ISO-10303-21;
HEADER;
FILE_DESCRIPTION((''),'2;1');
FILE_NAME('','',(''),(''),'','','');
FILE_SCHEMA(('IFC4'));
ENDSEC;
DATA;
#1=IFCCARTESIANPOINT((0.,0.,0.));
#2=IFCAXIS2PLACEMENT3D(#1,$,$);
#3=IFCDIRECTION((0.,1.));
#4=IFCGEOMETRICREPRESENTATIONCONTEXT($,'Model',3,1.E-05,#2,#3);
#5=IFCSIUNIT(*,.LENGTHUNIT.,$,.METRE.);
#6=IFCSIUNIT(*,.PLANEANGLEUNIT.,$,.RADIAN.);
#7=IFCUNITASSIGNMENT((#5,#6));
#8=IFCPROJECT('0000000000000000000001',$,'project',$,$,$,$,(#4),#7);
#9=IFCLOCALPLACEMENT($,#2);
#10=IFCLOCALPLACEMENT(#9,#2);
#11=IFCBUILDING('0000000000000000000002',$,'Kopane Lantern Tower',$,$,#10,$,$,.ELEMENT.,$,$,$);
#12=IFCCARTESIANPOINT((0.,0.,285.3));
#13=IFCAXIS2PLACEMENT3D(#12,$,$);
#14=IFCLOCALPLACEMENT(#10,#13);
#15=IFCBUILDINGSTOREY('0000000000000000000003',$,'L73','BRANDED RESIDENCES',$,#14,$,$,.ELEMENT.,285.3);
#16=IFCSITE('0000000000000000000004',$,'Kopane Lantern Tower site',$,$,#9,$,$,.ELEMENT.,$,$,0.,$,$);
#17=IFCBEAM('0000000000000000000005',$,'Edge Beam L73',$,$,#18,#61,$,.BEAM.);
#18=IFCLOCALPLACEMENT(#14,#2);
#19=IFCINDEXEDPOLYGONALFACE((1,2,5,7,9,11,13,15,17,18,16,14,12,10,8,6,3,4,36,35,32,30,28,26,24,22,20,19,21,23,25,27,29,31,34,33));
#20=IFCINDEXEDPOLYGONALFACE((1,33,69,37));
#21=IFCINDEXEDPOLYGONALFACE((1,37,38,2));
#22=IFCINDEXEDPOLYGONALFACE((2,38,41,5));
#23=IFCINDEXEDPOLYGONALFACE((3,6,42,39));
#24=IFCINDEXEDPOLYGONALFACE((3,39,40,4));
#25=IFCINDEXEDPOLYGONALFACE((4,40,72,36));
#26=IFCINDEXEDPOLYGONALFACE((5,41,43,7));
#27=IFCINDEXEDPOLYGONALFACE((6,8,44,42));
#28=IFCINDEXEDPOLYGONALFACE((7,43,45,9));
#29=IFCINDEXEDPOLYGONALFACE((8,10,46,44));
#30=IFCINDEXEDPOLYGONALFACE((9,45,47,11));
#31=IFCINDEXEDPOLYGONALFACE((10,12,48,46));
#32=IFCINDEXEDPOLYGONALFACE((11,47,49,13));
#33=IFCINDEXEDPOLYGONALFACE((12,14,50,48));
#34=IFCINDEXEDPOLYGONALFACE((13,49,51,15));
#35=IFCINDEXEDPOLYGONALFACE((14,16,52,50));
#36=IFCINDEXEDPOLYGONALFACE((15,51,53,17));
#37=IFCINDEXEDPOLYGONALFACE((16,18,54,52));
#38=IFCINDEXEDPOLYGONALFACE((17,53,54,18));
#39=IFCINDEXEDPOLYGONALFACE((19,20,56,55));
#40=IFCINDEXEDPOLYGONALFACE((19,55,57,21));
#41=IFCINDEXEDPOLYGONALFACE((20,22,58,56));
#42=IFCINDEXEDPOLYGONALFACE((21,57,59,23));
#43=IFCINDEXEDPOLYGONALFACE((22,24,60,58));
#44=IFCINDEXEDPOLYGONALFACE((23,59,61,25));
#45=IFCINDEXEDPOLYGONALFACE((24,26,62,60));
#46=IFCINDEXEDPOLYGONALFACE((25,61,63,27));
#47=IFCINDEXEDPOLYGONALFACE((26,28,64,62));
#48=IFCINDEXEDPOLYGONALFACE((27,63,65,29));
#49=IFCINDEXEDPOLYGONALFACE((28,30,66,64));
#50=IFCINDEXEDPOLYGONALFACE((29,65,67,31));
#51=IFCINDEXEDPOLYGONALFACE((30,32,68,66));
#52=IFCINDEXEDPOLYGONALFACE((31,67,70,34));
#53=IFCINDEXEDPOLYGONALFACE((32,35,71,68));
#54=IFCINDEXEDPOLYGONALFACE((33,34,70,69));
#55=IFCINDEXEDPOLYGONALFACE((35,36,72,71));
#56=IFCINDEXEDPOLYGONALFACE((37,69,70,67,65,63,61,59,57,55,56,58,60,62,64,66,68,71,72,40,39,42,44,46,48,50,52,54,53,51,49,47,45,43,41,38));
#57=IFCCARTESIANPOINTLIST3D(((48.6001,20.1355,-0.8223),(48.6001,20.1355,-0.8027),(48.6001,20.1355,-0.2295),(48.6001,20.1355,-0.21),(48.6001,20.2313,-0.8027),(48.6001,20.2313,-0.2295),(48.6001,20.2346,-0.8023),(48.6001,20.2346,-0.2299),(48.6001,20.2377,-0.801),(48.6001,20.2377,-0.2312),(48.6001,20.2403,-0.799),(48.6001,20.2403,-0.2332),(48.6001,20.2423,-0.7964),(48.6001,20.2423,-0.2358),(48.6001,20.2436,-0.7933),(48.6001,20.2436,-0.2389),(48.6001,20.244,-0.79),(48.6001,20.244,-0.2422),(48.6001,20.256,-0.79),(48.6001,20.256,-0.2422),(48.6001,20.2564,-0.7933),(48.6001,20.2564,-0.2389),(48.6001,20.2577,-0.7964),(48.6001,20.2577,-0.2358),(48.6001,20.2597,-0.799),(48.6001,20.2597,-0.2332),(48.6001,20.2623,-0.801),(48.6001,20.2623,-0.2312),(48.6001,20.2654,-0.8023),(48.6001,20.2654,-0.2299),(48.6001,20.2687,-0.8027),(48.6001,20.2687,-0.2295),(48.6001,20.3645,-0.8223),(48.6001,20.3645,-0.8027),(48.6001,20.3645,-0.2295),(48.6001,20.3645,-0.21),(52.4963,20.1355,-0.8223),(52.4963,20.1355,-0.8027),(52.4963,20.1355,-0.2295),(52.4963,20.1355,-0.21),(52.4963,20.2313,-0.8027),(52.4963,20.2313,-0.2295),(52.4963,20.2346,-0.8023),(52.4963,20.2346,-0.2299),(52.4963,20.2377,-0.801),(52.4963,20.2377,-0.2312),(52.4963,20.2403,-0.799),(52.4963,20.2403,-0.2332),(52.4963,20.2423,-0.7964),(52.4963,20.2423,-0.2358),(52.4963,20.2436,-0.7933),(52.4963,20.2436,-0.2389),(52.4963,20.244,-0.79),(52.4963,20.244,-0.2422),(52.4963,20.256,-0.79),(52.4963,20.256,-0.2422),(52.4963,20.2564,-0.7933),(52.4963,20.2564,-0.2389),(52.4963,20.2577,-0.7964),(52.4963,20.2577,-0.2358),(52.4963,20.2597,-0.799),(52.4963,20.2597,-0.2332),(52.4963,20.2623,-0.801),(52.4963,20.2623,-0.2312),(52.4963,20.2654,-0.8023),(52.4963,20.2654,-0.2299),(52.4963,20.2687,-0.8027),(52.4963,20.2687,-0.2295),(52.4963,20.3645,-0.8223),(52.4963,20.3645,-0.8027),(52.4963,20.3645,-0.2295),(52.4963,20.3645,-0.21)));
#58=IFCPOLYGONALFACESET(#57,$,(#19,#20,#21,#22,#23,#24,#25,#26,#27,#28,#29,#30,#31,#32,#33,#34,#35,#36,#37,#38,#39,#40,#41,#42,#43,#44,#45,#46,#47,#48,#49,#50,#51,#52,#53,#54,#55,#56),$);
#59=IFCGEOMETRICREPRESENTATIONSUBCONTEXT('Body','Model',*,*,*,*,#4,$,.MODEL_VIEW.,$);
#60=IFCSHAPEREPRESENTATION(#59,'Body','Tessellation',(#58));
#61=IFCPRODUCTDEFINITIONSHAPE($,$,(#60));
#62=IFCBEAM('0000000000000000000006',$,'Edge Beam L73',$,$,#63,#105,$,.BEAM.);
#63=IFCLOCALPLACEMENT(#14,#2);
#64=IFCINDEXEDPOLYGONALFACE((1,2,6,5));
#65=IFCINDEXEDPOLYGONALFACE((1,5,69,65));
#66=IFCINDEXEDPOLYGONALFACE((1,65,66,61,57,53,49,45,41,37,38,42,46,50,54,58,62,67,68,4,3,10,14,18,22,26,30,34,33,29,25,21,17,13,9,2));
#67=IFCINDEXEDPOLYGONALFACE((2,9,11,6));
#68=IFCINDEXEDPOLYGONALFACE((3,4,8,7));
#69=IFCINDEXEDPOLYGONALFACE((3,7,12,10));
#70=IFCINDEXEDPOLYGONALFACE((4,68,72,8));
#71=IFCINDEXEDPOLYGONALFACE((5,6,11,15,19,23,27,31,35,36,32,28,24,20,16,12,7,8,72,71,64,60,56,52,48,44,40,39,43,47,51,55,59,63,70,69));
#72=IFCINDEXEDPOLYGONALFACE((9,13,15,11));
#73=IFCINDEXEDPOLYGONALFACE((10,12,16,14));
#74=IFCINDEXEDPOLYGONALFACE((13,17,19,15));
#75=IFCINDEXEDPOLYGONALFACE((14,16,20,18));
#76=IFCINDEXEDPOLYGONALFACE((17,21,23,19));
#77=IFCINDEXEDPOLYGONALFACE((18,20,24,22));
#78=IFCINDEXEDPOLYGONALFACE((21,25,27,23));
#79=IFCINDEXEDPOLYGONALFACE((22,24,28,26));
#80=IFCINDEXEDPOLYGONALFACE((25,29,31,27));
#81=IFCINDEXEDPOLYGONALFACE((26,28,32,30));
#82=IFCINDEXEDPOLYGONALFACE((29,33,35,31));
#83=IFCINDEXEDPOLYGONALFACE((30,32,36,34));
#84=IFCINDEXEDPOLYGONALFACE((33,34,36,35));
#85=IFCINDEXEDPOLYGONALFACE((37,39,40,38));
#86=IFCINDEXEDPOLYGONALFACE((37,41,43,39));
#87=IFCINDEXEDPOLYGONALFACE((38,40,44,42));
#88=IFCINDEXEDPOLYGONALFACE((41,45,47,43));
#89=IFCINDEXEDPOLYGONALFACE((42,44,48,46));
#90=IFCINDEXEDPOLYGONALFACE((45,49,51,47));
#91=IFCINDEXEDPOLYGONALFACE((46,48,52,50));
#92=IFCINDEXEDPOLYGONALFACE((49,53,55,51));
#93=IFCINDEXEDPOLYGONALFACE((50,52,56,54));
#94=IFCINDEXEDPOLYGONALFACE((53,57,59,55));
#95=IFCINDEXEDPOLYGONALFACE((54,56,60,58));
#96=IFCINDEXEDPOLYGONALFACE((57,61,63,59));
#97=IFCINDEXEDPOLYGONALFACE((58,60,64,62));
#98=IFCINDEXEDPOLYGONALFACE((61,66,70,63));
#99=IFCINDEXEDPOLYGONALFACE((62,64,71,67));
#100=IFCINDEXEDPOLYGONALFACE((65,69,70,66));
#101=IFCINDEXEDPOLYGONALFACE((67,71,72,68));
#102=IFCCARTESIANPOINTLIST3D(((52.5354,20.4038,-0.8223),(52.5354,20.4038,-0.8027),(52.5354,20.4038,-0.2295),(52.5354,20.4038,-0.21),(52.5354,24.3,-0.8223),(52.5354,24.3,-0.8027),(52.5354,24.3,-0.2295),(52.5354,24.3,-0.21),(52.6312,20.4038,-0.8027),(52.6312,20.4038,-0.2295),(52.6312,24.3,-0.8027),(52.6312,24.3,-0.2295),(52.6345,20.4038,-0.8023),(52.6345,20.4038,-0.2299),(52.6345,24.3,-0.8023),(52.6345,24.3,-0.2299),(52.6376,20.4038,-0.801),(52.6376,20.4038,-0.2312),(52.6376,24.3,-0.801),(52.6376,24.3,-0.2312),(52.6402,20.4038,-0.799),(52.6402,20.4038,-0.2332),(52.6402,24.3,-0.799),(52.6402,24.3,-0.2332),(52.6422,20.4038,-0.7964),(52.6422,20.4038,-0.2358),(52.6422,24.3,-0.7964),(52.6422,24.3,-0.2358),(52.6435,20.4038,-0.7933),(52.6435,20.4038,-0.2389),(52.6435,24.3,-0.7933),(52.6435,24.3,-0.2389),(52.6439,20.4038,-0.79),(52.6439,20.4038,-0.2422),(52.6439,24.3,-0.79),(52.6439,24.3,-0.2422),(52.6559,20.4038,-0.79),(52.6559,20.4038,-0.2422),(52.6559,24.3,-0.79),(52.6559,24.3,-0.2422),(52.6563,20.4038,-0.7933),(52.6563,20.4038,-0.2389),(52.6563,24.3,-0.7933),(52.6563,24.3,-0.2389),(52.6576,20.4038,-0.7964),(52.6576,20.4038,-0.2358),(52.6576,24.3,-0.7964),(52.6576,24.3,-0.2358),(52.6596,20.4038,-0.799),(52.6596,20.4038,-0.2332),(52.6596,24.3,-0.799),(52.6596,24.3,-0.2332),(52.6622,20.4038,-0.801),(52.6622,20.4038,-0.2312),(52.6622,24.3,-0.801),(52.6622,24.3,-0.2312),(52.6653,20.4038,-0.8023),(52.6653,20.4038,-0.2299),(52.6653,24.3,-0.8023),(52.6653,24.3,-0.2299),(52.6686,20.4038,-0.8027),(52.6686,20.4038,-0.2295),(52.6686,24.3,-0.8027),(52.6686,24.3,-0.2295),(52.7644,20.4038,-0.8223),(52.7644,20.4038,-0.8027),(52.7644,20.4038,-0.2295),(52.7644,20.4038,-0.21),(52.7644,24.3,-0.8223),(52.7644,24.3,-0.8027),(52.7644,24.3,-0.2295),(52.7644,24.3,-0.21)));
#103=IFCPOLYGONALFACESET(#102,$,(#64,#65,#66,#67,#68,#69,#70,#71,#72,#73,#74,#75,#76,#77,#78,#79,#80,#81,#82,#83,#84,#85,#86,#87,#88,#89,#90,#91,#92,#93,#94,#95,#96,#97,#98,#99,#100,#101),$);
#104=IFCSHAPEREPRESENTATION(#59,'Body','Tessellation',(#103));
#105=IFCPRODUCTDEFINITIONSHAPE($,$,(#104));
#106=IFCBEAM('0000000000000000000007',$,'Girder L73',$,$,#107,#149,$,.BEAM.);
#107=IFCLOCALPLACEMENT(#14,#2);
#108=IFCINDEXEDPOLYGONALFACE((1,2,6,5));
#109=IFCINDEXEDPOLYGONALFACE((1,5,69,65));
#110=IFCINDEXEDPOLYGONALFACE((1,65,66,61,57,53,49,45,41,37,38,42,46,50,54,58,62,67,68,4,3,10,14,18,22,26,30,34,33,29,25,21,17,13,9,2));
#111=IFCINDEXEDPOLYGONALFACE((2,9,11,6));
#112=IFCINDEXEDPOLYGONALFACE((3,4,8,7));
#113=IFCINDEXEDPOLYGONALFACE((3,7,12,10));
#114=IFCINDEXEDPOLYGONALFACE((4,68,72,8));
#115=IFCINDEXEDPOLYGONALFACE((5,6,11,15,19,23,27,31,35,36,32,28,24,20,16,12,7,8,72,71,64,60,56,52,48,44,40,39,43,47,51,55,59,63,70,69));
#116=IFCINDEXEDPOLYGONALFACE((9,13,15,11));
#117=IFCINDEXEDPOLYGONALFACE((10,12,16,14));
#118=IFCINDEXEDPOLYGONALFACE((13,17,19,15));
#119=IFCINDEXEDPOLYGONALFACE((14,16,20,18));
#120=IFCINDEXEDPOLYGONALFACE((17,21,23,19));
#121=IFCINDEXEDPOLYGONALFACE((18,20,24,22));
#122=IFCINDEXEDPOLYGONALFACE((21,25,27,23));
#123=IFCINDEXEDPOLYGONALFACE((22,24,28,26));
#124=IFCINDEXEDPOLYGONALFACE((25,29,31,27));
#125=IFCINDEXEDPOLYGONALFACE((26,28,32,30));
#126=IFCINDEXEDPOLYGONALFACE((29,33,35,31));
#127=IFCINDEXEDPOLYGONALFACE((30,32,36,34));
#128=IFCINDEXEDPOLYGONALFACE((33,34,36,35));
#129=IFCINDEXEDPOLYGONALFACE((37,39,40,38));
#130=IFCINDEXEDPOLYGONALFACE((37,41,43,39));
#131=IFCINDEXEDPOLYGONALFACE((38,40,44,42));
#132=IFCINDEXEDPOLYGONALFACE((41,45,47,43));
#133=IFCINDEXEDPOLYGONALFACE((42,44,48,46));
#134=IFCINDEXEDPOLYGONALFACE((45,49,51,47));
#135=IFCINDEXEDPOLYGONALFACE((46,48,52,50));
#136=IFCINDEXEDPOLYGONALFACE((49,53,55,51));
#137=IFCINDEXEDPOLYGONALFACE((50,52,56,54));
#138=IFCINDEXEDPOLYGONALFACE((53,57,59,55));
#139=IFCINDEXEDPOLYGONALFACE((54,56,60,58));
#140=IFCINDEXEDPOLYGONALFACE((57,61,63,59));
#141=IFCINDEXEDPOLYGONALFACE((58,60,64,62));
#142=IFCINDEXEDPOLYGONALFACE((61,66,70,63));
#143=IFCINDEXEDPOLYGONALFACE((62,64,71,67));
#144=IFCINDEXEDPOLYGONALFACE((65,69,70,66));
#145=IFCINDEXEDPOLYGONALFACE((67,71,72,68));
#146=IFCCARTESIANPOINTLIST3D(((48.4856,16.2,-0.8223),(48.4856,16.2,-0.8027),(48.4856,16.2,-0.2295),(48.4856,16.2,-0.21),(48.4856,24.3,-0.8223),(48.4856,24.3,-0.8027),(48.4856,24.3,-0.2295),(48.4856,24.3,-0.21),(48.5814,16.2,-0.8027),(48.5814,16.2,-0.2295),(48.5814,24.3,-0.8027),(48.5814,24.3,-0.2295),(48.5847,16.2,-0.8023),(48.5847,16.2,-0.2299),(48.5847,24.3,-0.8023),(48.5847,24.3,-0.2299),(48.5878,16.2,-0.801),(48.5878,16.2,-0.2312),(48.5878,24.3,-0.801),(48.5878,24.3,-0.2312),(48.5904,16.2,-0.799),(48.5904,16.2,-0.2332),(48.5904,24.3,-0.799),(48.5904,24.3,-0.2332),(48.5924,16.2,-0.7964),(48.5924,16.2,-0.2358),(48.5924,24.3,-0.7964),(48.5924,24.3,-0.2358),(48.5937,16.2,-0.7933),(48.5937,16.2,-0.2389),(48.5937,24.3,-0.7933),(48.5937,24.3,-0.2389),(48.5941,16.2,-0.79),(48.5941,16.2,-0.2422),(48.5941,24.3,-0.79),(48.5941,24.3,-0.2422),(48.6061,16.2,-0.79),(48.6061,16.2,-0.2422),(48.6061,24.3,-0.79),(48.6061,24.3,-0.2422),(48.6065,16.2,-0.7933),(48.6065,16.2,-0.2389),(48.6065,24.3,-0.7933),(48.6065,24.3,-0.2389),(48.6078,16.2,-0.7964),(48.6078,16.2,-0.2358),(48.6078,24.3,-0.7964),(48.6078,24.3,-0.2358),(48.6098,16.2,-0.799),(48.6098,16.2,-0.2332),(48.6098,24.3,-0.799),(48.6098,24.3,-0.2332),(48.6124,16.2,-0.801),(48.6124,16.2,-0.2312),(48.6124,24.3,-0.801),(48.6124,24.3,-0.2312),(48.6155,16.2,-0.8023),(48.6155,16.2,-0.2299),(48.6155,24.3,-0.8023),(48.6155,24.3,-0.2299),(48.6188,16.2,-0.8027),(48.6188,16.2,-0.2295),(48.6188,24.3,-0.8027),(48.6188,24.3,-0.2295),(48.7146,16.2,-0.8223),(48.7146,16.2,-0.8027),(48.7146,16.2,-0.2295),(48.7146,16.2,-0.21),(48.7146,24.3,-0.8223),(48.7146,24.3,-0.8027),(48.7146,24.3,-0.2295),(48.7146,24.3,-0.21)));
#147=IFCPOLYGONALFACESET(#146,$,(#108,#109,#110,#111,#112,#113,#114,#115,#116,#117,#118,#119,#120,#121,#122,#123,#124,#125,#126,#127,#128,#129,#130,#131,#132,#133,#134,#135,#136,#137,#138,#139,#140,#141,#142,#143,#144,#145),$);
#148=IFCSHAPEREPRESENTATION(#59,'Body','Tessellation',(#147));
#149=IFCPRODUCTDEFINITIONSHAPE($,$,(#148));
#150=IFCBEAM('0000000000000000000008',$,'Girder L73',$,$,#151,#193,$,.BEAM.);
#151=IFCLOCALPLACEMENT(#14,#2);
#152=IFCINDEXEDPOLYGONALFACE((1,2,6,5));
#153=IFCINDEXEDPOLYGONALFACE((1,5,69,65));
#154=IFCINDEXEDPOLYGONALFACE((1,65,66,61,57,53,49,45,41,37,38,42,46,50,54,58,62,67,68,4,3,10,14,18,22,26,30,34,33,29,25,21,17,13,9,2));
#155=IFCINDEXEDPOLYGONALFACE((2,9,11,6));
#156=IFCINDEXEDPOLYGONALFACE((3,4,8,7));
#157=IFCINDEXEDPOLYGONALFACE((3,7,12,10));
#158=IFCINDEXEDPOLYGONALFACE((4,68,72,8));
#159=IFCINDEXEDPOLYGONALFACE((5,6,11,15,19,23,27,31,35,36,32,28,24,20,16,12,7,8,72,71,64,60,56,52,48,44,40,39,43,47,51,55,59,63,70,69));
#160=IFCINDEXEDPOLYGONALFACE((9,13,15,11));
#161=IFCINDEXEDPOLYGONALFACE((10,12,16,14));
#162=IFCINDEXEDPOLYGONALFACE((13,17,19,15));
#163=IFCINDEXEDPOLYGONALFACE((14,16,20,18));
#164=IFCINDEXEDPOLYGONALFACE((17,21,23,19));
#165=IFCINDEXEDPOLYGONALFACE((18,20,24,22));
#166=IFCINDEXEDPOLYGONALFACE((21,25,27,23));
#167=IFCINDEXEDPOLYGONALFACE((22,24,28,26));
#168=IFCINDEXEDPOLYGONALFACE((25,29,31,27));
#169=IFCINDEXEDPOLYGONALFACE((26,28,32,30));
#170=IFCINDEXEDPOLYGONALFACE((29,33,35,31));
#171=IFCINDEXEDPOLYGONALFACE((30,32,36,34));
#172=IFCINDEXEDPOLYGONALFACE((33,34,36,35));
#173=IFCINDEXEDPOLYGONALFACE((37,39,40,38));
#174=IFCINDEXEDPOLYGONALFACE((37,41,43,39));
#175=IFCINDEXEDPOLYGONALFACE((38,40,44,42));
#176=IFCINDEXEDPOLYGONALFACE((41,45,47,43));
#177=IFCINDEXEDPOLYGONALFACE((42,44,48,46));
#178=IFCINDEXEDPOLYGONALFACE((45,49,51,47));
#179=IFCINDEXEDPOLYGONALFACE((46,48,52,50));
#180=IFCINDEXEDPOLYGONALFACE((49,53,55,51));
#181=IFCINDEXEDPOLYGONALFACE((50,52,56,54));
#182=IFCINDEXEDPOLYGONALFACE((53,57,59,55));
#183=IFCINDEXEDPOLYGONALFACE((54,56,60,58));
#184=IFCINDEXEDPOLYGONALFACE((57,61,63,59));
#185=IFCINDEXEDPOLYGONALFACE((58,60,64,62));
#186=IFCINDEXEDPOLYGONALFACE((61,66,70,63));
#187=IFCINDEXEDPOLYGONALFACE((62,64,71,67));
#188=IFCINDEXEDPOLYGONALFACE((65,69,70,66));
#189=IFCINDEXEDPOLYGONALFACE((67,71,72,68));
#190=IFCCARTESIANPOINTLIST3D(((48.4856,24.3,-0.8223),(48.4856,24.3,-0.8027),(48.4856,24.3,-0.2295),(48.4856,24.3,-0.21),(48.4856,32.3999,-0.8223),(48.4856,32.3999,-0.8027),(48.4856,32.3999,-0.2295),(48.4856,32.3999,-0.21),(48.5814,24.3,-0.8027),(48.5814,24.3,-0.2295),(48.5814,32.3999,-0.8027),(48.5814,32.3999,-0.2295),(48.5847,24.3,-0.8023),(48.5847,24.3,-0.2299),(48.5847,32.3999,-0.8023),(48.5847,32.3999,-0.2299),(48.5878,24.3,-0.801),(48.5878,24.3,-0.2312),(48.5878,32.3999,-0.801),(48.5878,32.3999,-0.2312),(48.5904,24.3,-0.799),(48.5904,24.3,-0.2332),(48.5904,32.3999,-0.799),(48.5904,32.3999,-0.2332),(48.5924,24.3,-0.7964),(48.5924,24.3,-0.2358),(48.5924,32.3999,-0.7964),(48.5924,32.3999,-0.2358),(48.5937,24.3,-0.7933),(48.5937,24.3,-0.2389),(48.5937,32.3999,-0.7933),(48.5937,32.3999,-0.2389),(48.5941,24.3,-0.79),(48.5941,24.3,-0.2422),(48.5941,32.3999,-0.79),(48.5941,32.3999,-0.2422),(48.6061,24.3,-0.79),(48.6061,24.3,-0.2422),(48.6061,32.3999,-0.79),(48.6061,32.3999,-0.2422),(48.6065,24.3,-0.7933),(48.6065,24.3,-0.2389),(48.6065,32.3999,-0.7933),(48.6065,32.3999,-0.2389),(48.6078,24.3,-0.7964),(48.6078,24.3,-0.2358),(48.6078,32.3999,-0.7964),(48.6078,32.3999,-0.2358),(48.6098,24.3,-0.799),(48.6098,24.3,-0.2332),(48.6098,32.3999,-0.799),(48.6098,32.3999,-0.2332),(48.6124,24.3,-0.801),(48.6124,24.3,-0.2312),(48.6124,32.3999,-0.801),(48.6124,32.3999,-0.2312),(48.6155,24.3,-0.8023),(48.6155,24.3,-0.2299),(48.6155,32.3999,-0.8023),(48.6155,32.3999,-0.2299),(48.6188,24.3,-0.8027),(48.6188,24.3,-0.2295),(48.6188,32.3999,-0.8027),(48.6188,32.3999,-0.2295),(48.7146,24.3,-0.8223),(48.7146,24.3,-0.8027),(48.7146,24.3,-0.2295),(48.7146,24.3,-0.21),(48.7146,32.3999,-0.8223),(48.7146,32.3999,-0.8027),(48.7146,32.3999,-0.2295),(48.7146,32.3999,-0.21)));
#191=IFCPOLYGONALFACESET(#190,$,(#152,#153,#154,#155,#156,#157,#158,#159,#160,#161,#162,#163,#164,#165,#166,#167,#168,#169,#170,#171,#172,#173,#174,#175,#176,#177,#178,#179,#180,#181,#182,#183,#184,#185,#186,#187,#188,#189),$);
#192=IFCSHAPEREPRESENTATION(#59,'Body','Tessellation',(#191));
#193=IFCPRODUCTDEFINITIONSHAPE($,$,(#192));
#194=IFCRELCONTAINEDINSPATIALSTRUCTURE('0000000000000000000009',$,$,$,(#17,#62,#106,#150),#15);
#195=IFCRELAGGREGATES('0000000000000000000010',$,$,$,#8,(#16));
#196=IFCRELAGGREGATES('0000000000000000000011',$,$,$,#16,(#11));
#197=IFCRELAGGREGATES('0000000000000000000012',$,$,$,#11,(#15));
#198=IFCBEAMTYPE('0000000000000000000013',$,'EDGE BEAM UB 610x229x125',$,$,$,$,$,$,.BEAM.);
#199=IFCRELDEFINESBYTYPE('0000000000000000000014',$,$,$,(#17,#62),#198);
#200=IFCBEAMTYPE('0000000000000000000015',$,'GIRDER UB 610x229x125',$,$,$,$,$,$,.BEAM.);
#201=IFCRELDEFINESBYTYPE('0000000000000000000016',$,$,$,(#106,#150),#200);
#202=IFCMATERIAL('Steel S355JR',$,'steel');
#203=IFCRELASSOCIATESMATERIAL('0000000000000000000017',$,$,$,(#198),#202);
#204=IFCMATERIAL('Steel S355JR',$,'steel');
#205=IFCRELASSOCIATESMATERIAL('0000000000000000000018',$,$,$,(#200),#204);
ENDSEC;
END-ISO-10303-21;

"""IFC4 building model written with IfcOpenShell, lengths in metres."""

from ifc_helpers import new_model, si_unit, direction, frame, origin, origin_2d, place, context, subcontext, project, spatial, i_section, extrude, material, material_profile, profile_set, type_object, element, save


model = new_model("IFC4")

# Units and contexts
model_context = context("Model", 3, precision=1e-05, world=origin(), true_north=direction((0.0, 1.0)))
body_context = subcontext(model_context, "Body", "Model", "MODEL_VIEW")
ifc_project = project(units=[si_unit("LENGTHUNIT", "METRE"), si_unit("PLANEANGLEUNIT", "RADIAN")], contexts=[model_context])

# Site, building, storey
site_placement = place(None, origin())
site = spatial("IfcSite", under=ifc_project, at=site_placement, Name="Kopane Lantern Tower site", CompositionType="ELEMENT", RefElevation=0.0)
building_placement = place(site_placement, origin())
building = spatial("IfcBuilding", under=site, at=building_placement, Name="Kopane Lantern Tower", CompositionType="ELEMENT")
storey_placement = place(building_placement, frame((0.0, 0.0, 285.3)))
storey = spatial("IfcBuildingStorey", under=building, at=storey_placement, Name="L73", Description="BRANDED RESIDENCES", CompositionType="ELEMENT", Elevation=285.3)

# Beams
ifc_material_1 = material(Name="Steel S355JR", Category="steel")
ifc_material_profile_1 = material_profile(ifc_material_1, i_section(OverallWidth=0.229, OverallDepth=0.6123, WebThickness=0.012, FlangeThickness=0.0195, FilletRadius=0.0127, at=origin_2d()), Name="UB 610x229x125")
ifc_profile_set_1 = profile_set([ifc_material_profile_1], Name="Steel S355JR")
beam_type_1 = type_object("IfcBeamType", Name="EDGE BEAM UB 610x229x125", PredefinedType="BEAM", material=ifc_profile_set_1)
for number, where, z_axis, x_axis, name in (
    (1, (52.4963, 20.25, -0.5161), (-1.0, 0.0, 0.0), (0.0, -1.0, 0.0), "Edge Beam L73"),
    (2, (52.6499, 20.4038, -0.5161), (0.0, 1.0, 0.0), (-1.0, 0.0, 0.0), "Edge Beam L73"),
):
    element("IfcBeam", number, at=place(storey_placement, frame(where, z_axis=z_axis, x_axis=x_axis)), inside=storey, type_object=beam_type_1, Name=name, PredefinedType="BEAM", context=body_context, shape_type="SweptSolid", body=[
        extrude(i_section(OverallWidth=0.229, OverallDepth=0.6123, WebThickness=0.012, FlangeThickness=0.0195, FilletRadius=0.0127, at=origin_2d()), origin(), (0.0, 0.0, 1.0), 3.8962),
    ])
ifc_material_2 = material(Name="Steel S355JR", Category="steel")
ifc_material_profile_2 = material_profile(ifc_material_2, i_section(OverallWidth=0.229, OverallDepth=0.6123, WebThickness=0.012, FlangeThickness=0.0195, FilletRadius=0.0127, at=origin_2d()), Name="UB 610x229x125")
ifc_profile_set_2 = profile_set([ifc_material_profile_2], Name="Steel S355JR")
beam_type_2 = type_object("IfcBeamType", Name="GIRDER UB 610x229x125", PredefinedType="BEAM", material=ifc_profile_set_2)
beam_1_placement = place(storey_placement, frame((48.6001, 16.2, -0.5161), z_axis=(0.0, 1.0, 0.0), x_axis=(-1.0, 0.0, 0.0)))
element("IfcBeam", 3, at=beam_1_placement, inside=storey, type_object=beam_type_2, Name="Girder L73", PredefinedType="BEAM", context=body_context, shape_type="SweptSolid", body=[
    extrude(i_section(OverallWidth=0.229, OverallDepth=0.6123, WebThickness=0.012, FlangeThickness=0.0195, FilletRadius=0.0127, at=origin_2d()), origin(), (0.0, 0.0, 1.0), 8.1001),
])
for number, where, z_axis, x_axis, name in (
    (4, (48.6001, 24.3, -0.5161), (0.0, 1.0, 0.0), (-1.0, 0.0, 0.0), "Girder L73"),
):
    element("IfcBeam", number, at=place(storey_placement, frame(where, z_axis=z_axis, x_axis=x_axis)), inside=storey, type_object=beam_type_2, Name=name, PredefinedType="BEAM", context=body_context, shape_type="SweptSolid", body=[
        extrude(i_section(OverallWidth=0.229, OverallDepth=0.6123, WebThickness=0.012, FlangeThickness=0.0195, FilletRadius=0.0127, at=origin_2d()), origin(), (0.0, 0.0, 1.0), 8.0999),
    ])

save(model, "model.ifc")
